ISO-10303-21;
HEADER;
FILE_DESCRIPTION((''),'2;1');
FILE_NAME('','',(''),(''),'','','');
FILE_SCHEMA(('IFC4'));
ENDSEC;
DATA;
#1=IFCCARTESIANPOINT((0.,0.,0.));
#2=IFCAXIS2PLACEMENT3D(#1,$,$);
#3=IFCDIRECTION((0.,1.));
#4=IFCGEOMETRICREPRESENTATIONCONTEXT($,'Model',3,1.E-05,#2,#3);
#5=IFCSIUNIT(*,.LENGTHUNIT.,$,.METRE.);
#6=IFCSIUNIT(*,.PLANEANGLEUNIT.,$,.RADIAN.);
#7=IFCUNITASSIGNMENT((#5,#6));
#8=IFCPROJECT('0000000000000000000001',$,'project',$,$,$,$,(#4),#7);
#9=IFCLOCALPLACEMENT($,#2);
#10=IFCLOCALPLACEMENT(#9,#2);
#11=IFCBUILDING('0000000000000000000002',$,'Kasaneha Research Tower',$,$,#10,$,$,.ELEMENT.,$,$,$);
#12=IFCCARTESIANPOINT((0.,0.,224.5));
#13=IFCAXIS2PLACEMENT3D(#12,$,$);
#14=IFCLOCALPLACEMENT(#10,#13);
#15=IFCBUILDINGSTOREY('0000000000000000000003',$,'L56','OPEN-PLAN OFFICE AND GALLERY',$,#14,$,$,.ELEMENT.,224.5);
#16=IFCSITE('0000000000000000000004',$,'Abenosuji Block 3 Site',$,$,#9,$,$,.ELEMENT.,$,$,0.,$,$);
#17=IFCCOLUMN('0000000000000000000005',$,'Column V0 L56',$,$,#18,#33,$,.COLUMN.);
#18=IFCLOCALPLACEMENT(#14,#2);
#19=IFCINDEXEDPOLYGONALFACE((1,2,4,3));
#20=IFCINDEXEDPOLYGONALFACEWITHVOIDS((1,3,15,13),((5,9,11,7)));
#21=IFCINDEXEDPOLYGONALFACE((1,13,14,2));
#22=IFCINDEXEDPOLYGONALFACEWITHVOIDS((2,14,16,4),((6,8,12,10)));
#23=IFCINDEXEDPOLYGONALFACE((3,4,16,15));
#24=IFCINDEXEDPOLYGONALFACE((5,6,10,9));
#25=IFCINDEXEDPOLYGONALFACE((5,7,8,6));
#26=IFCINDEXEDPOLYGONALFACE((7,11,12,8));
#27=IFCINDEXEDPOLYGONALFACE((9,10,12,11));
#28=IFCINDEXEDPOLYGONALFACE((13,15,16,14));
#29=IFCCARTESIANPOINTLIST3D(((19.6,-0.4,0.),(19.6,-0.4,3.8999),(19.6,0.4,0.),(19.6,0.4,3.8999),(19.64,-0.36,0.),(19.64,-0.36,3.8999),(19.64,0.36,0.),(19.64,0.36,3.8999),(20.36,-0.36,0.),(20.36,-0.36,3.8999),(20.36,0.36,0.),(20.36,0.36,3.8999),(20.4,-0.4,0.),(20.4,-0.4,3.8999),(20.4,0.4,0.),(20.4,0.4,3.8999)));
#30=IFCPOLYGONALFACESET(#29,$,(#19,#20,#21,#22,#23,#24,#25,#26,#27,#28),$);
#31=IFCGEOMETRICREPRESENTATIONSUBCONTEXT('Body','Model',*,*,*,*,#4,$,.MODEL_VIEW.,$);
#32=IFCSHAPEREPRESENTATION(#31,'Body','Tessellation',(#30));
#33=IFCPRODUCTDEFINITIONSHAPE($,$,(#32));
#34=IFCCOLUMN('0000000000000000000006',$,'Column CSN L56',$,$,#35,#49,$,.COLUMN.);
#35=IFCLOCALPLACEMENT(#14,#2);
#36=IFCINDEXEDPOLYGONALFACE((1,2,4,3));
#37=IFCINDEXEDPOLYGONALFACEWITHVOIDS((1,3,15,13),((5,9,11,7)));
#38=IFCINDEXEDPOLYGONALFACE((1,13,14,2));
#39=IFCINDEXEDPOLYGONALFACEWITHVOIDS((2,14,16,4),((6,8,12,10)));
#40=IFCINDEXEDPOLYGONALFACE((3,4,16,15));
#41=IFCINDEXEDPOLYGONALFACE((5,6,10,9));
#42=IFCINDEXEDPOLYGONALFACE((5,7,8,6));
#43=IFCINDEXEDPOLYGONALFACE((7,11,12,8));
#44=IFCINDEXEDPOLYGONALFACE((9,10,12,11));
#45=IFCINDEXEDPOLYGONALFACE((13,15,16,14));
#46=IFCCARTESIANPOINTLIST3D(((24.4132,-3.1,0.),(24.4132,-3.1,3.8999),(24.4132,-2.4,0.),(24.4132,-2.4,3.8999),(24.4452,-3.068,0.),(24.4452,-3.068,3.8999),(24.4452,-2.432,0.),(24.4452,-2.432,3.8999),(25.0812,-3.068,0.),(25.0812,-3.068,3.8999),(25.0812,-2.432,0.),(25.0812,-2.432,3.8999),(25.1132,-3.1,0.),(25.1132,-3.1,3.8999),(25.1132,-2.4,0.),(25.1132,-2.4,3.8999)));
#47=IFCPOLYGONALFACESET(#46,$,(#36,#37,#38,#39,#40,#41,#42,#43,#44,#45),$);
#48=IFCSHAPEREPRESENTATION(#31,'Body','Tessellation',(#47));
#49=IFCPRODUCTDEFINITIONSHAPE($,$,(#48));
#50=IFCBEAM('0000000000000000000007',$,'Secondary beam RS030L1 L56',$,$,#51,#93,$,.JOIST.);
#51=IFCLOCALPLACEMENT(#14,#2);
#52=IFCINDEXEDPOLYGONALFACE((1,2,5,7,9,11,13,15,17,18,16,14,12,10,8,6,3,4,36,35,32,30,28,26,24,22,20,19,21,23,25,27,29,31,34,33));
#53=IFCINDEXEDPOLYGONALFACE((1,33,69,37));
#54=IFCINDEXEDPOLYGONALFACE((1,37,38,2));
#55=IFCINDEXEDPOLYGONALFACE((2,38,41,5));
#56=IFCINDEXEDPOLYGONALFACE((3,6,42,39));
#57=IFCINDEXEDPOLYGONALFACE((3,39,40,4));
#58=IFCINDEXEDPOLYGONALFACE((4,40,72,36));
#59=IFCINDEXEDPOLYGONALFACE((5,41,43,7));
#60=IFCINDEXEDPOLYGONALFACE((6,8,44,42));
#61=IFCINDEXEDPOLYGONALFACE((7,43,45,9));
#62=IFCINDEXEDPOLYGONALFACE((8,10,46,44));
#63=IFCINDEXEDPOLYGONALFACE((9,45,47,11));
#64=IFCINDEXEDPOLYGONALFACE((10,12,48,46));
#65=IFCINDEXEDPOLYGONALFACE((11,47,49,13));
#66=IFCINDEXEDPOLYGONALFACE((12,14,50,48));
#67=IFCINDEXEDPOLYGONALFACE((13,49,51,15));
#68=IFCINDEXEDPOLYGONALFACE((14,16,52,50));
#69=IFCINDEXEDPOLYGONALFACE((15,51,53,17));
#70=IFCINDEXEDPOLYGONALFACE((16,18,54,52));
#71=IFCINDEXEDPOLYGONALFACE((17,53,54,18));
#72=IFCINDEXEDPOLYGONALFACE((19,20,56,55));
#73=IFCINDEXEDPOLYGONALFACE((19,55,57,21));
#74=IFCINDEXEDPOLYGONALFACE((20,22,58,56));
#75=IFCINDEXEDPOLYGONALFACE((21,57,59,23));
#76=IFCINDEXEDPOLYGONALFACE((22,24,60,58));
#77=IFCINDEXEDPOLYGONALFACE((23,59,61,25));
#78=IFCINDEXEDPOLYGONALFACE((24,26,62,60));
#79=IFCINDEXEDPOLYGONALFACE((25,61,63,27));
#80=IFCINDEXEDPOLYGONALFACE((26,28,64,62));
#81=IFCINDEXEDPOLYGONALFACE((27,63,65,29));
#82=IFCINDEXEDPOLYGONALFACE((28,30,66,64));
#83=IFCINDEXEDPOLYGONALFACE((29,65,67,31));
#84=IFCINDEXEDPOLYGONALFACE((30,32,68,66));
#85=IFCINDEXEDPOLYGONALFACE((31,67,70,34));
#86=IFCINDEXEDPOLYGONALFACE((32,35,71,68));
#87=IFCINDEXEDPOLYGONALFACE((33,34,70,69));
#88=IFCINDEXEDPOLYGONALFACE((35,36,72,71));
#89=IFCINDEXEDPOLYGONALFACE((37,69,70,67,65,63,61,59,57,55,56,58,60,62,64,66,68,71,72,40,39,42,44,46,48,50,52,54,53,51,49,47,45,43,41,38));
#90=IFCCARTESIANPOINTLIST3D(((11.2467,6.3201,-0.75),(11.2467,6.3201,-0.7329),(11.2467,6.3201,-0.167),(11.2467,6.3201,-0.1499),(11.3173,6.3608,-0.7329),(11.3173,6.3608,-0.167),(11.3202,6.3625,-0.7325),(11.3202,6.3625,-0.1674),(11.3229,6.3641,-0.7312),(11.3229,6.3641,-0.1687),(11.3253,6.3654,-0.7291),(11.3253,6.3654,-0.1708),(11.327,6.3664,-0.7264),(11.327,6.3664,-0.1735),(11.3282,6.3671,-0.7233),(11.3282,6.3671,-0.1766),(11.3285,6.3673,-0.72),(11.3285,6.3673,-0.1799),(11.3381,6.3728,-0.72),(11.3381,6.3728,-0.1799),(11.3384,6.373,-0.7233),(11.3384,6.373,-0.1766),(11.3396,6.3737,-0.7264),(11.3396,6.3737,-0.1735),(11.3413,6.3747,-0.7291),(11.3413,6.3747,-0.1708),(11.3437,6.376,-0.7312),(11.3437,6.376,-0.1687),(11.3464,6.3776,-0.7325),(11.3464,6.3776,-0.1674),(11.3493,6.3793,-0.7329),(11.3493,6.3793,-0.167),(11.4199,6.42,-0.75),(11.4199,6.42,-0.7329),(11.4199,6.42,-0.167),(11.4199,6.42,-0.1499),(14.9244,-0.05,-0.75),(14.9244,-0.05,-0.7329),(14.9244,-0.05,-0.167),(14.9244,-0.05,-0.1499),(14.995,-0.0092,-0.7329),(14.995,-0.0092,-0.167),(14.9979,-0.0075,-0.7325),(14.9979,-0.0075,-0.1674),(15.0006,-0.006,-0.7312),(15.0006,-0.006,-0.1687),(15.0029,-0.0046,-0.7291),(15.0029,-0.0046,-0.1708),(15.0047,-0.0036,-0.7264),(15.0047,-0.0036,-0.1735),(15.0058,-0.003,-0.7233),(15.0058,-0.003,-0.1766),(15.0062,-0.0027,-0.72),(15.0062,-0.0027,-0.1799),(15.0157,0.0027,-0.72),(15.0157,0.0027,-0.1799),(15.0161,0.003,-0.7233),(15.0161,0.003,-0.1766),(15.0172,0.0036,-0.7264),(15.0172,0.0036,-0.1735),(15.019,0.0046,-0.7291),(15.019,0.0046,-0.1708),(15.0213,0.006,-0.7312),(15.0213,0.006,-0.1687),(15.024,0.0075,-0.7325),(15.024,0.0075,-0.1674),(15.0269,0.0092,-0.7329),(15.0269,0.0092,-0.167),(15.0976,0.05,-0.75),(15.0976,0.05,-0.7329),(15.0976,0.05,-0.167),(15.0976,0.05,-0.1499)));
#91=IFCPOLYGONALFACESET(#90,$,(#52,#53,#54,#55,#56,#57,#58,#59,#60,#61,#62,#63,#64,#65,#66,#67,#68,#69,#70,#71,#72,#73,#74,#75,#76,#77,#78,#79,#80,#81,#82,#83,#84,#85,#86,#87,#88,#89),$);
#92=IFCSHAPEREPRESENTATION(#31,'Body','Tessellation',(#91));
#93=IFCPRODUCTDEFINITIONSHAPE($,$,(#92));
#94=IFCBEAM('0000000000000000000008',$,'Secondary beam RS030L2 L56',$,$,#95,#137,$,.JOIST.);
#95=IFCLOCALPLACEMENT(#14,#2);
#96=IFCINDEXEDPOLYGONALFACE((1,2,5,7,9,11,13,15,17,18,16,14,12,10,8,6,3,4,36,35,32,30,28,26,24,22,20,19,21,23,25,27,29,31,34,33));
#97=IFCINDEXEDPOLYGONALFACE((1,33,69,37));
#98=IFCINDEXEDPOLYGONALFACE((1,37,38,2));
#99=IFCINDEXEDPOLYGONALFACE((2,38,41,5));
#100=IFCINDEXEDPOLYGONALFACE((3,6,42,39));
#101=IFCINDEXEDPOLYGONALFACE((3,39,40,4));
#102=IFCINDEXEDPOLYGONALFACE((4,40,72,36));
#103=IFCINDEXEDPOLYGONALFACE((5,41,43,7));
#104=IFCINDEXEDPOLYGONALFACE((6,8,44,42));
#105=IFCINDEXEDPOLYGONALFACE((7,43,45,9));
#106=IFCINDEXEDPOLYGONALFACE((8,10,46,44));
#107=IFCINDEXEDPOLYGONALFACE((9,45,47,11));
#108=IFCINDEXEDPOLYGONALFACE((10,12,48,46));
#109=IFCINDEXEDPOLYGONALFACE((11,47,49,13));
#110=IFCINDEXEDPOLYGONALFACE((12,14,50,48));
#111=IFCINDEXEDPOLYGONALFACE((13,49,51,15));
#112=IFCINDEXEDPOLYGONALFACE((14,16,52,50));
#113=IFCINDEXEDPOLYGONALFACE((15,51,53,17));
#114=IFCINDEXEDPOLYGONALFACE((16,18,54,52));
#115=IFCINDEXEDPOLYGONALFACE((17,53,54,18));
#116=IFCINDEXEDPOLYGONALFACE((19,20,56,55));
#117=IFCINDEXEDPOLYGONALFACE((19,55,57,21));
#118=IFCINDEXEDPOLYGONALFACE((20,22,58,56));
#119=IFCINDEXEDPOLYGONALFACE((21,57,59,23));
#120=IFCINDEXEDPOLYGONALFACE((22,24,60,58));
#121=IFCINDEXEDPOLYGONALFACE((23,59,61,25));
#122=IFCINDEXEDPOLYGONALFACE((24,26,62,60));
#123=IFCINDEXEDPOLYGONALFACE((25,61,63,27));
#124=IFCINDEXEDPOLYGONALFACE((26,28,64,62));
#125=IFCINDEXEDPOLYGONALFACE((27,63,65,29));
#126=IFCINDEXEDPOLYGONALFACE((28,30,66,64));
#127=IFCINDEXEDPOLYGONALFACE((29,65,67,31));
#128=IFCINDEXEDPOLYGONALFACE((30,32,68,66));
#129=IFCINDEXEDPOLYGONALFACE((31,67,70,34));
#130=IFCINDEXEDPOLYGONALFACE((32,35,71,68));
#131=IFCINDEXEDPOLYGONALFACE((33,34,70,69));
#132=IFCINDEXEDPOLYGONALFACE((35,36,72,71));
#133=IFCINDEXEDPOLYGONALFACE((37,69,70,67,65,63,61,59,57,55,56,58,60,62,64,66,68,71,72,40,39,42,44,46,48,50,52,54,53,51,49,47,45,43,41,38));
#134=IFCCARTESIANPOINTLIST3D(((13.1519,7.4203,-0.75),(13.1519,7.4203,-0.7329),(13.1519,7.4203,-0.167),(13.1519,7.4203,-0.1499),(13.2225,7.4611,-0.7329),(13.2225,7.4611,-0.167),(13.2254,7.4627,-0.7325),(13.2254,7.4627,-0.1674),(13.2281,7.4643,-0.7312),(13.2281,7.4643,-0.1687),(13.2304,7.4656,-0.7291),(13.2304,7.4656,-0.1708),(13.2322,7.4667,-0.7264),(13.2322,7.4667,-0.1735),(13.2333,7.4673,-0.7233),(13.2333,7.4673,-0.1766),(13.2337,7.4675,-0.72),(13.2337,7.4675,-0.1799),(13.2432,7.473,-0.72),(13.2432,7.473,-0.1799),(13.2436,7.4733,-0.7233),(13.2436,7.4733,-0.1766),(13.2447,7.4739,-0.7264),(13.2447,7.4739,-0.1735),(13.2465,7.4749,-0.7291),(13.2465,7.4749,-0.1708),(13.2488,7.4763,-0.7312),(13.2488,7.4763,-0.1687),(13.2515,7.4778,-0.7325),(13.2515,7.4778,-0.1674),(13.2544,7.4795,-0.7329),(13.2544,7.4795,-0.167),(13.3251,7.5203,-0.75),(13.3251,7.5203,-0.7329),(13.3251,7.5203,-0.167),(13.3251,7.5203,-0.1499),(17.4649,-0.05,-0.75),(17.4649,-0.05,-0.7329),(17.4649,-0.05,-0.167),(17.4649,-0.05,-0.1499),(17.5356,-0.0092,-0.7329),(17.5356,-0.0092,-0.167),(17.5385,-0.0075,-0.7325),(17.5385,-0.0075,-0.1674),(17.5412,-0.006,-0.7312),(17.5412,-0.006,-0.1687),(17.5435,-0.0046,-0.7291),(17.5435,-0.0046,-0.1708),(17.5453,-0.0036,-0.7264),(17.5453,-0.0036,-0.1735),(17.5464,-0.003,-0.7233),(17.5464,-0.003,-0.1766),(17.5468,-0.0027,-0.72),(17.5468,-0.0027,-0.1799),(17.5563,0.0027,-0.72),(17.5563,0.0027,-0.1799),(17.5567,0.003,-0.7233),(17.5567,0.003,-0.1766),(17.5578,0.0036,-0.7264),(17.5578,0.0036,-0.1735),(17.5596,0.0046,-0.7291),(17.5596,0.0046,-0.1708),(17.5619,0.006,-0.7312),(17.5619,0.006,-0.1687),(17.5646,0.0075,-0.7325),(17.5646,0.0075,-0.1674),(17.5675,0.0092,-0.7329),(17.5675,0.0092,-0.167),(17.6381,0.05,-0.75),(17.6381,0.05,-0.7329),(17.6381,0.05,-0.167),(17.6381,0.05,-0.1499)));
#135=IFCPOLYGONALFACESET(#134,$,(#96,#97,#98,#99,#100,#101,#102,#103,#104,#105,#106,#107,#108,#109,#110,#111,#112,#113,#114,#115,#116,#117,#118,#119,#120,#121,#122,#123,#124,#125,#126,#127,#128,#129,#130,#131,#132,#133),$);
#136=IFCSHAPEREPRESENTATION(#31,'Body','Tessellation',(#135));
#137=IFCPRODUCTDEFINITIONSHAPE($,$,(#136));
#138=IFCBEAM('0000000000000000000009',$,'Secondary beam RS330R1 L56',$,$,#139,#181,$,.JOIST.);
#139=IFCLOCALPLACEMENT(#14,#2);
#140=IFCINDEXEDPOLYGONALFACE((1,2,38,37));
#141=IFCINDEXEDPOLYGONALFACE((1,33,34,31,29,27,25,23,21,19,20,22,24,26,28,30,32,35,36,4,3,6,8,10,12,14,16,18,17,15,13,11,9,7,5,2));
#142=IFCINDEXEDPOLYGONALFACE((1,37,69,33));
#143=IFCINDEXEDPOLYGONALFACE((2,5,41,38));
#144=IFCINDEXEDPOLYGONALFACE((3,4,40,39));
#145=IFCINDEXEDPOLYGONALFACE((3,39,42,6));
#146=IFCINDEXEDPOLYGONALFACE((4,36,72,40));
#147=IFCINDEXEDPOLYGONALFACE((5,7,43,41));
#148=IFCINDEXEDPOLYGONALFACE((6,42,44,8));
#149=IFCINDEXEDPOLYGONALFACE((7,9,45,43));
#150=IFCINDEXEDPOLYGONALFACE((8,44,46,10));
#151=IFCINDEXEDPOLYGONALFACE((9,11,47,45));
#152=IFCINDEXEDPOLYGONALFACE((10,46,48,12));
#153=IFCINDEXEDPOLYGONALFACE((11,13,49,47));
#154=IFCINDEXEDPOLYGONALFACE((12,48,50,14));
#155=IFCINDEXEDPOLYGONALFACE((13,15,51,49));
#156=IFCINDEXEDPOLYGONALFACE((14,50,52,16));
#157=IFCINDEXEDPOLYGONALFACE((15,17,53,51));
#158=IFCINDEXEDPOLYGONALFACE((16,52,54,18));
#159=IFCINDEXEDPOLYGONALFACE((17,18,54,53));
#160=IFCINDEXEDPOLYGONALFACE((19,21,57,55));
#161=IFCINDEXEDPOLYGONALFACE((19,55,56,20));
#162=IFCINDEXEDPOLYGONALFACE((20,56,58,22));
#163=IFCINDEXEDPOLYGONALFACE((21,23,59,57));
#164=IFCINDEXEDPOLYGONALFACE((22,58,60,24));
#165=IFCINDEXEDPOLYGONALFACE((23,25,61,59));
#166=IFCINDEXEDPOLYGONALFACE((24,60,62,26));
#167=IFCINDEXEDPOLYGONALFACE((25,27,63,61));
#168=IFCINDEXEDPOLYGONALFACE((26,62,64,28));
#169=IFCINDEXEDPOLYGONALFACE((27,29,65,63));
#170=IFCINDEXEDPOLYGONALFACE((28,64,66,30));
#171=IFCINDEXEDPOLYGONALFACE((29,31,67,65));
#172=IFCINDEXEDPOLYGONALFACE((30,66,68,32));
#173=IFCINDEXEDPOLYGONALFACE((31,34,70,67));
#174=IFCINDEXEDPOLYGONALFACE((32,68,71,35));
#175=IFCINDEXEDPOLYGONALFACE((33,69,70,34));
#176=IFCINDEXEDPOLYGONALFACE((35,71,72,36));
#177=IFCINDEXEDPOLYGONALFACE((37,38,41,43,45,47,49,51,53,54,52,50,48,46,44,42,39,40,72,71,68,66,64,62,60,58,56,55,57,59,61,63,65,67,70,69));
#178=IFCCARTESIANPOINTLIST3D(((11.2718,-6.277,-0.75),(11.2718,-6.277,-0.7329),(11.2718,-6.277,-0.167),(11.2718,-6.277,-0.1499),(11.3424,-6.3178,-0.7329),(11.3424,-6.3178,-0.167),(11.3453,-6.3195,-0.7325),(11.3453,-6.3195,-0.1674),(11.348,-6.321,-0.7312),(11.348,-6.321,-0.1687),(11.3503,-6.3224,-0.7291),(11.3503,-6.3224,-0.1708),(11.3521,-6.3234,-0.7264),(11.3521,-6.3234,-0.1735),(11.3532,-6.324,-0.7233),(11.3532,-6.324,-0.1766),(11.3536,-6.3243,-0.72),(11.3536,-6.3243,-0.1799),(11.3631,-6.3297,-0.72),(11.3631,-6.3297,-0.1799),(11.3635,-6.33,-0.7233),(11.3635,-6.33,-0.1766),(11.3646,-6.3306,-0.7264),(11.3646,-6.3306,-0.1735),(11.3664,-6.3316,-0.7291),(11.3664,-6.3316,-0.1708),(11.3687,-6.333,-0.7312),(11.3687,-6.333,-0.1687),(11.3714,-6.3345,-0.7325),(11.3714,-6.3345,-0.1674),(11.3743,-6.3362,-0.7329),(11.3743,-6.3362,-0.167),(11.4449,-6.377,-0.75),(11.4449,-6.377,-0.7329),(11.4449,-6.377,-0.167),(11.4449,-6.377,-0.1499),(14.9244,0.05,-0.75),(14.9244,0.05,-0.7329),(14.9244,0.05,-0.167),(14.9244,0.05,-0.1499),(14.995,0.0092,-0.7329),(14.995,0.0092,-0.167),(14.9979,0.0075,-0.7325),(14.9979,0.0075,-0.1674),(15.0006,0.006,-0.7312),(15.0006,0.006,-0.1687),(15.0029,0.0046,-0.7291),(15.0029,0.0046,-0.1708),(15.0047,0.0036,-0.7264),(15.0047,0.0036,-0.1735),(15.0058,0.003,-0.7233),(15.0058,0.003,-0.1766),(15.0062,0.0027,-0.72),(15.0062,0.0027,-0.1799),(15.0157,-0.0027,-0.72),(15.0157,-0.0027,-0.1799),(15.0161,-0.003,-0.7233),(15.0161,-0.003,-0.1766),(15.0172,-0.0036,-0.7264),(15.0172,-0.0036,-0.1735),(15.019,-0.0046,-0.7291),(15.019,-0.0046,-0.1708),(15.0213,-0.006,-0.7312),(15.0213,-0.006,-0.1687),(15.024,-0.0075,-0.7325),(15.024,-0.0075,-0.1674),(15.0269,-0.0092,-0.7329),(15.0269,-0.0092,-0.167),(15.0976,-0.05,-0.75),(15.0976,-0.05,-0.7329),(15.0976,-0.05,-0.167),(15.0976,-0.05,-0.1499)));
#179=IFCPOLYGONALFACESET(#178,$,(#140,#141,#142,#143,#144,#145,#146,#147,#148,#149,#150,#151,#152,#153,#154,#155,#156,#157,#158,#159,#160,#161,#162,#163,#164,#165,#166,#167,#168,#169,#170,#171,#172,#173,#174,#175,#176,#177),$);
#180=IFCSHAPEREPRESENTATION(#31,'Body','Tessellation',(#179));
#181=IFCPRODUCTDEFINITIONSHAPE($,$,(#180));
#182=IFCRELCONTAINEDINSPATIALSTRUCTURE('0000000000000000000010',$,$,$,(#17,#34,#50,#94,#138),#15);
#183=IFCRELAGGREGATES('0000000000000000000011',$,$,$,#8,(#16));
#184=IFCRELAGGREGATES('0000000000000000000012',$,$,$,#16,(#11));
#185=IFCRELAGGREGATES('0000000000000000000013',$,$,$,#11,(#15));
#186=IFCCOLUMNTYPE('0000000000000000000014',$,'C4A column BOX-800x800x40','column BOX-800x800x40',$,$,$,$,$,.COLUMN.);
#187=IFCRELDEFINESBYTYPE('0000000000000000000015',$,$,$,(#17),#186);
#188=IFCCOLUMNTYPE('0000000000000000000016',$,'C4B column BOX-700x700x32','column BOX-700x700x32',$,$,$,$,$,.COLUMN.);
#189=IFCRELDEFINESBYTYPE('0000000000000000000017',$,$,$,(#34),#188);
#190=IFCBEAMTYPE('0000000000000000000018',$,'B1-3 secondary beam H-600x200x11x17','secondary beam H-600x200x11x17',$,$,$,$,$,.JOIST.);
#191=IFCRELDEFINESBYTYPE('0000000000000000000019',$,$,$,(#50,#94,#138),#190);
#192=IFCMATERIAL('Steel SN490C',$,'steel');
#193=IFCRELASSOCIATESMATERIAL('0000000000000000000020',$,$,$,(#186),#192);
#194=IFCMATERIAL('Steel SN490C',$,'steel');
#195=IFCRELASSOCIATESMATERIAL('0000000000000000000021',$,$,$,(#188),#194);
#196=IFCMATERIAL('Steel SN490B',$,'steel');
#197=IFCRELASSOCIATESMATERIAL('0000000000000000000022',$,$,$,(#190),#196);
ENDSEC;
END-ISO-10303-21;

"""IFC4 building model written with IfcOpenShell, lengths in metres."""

from ifc_helpers import new_model, si_unit, direction, frame, origin, origin_2d, place, context, subcontext, project, spatial, hollow_rectangle, i_section, extrude, material, material_profile, profile_set, type_object, element, save


model = new_model("IFC4")

# Units and contexts
model_context = context("Model", 3, precision=1e-05, world=origin(), true_north=direction((0.0, 1.0)))
body_context = subcontext(model_context, "Body", "Model", "MODEL_VIEW")
ifc_project = project(units=[si_unit("LENGTHUNIT", "METRE"), si_unit("PLANEANGLEUNIT", "RADIAN")], contexts=[model_context])

# Site, building, storey
site_placement = place(None, origin())
site = spatial("IfcSite", under=ifc_project, at=site_placement, Name="Abenosuji Block 3 Site", CompositionType="ELEMENT", RefElevation=0.0)
building_placement = place(site_placement, origin())
building = spatial("IfcBuilding", under=site, at=building_placement, Name="Kasaneha Research Tower", CompositionType="ELEMENT")
storey_placement = place(building_placement, frame((0.0, 0.0, 224.5)))
storey = spatial("IfcBuildingStorey", under=building, at=storey_placement, Name="L56", Description="OPEN-PLAN OFFICE AND GALLERY", CompositionType="ELEMENT", Elevation=224.5)

# Columns
ifc_material_1 = material(Name="Steel SN490C", Category="steel")
ifc_material_profile_1 = material_profile(ifc_material_1, hollow_rectangle(XDim=0.8, YDim=0.8, WallThickness=0.04, at=origin_2d()), Name="BOX-800x800x40")
ifc_profile_set_1 = profile_set([ifc_material_profile_1], Name="Steel SN490C")
column_type_1 = type_object("IfcColumnType", Name="C4A column BOX-800x800x40", Description="column BOX-800x800x40", PredefinedType="COLUMN", material=ifc_profile_set_1)
column_1_placement = place(storey_placement, frame((20.0, 0.0, 0.0), z_axis=(0.0, 0.0, 1.0), x_axis=(1.0, 0.0, 0.0)))
element("IfcColumn", 1, at=column_1_placement, inside=storey, type_object=column_type_1, Name="Column V0 L56", PredefinedType="COLUMN", context=body_context, shape_type="SweptSolid", body=[
    extrude(hollow_rectangle(XDim=0.8, YDim=0.8, WallThickness=0.04, at=origin_2d()), origin(), (0.0, 0.0, 1.0), 3.8999),
])
ifc_material_2 = material(Name="Steel SN490C", Category="steel")
ifc_material_profile_2 = material_profile(ifc_material_2, hollow_rectangle(XDim=0.7, YDim=0.7, WallThickness=0.032, at=origin_2d()), Name="BOX-700x700x32")
ifc_profile_set_2 = profile_set([ifc_material_profile_2], Name="Steel SN490C")
column_type_2 = type_object("IfcColumnType", Name="C4B column BOX-700x700x32", Description="column BOX-700x700x32", PredefinedType="COLUMN", material=ifc_profile_set_2)
column_2_placement = place(storey_placement, frame((24.7632, -2.75, 0.0), z_axis=(0.0, 0.0, 1.0), x_axis=(1.0, 0.0, 0.0)))
element("IfcColumn", 2, at=column_2_placement, inside=storey, type_object=column_type_2, Name="Column CSN L56", PredefinedType="COLUMN", context=body_context, shape_type="SweptSolid", body=[
    extrude(hollow_rectangle(XDim=0.7, YDim=0.7, WallThickness=0.032, at=origin_2d()), origin(), (0.0, 0.0, 1.0), 3.8999),
])

# Beams
ifc_material_3 = material(Name="Steel SN490B", Category="steel")
ifc_material_profile_3 = material_profile(ifc_material_3, i_section(OverallWidth=0.2, OverallDepth=0.6001, WebThickness=0.011, FlangeThickness=0.0171, FilletRadius=0.0129, at=origin_2d()), Name="H-600x200x11x17")
ifc_profile_set_3 = profile_set([ifc_material_profile_3], Name="Steel SN490B")
beam_type_1 = type_object("IfcBeamType", Name="B1-3 secondary beam H-600x200x11x17", Description="secondary beam H-600x200x11x17", PredefinedType="JOIST", material=ifc_profile_set_3)
beam_1_placement = place(storey_placement, frame((15.011, 0.0, -0.45), z_axis=(-0.499994, 0.866029, 0.0), x_axis=(-0.866029, -0.499994, 0.0)))
element("IfcBeam", 3, at=beam_1_placement, inside=storey, type_object=beam_type_1, Name="Secondary beam RS030L1 L56", PredefinedType="JOIST", context=body_context, shape_type="SweptSolid", body=[
    extrude(i_section(OverallWidth=0.2, OverallDepth=0.6001, WebThickness=0.011, FlangeThickness=0.0171, FilletRadius=0.0129, at=origin_2d()), origin(), (0.0, 0.0, 1.0), 7.3555),
])
beam_2_placement = place(storey_placement, frame((17.5515, 0.0, -0.45), z_axis=(-0.500005, 0.866023, 0.0), x_axis=(-0.866023, -0.500005, 0.0)))
element("IfcBeam", 4, at=beam_2_placement, inside=storey, type_object=beam_type_1, Name="Secondary beam RS030L2 L56", PredefinedType="JOIST", context=body_context, shape_type="SweptSolid", body=[
    extrude(i_section(OverallWidth=0.2, OverallDepth=0.6001, WebThickness=0.011, FlangeThickness=0.0171, FilletRadius=0.0129, at=origin_2d()), origin(), (0.0, 0.0, 1.0), 8.626),
])
beam_3_placement = place(storey_placement, frame((15.011, 0.0, -0.45), z_axis=(-0.499974, -0.86604, 0.0), x_axis=(0.86604, -0.499974, 0.0)))
element("IfcBeam", 5, at=beam_3_placement, inside=storey, type_object=beam_type_1, Name="Secondary beam RS330R1 L56", PredefinedType="JOIST", context=body_context, shape_type="SweptSolid", body=[
    extrude(i_section(OverallWidth=0.2, OverallDepth=0.6001, WebThickness=0.011, FlangeThickness=0.0171, FilletRadius=0.0129, at=origin_2d()), origin(), (0.0, 0.0, 1.0), 7.3057),
])

save(model, "model.ifc")
